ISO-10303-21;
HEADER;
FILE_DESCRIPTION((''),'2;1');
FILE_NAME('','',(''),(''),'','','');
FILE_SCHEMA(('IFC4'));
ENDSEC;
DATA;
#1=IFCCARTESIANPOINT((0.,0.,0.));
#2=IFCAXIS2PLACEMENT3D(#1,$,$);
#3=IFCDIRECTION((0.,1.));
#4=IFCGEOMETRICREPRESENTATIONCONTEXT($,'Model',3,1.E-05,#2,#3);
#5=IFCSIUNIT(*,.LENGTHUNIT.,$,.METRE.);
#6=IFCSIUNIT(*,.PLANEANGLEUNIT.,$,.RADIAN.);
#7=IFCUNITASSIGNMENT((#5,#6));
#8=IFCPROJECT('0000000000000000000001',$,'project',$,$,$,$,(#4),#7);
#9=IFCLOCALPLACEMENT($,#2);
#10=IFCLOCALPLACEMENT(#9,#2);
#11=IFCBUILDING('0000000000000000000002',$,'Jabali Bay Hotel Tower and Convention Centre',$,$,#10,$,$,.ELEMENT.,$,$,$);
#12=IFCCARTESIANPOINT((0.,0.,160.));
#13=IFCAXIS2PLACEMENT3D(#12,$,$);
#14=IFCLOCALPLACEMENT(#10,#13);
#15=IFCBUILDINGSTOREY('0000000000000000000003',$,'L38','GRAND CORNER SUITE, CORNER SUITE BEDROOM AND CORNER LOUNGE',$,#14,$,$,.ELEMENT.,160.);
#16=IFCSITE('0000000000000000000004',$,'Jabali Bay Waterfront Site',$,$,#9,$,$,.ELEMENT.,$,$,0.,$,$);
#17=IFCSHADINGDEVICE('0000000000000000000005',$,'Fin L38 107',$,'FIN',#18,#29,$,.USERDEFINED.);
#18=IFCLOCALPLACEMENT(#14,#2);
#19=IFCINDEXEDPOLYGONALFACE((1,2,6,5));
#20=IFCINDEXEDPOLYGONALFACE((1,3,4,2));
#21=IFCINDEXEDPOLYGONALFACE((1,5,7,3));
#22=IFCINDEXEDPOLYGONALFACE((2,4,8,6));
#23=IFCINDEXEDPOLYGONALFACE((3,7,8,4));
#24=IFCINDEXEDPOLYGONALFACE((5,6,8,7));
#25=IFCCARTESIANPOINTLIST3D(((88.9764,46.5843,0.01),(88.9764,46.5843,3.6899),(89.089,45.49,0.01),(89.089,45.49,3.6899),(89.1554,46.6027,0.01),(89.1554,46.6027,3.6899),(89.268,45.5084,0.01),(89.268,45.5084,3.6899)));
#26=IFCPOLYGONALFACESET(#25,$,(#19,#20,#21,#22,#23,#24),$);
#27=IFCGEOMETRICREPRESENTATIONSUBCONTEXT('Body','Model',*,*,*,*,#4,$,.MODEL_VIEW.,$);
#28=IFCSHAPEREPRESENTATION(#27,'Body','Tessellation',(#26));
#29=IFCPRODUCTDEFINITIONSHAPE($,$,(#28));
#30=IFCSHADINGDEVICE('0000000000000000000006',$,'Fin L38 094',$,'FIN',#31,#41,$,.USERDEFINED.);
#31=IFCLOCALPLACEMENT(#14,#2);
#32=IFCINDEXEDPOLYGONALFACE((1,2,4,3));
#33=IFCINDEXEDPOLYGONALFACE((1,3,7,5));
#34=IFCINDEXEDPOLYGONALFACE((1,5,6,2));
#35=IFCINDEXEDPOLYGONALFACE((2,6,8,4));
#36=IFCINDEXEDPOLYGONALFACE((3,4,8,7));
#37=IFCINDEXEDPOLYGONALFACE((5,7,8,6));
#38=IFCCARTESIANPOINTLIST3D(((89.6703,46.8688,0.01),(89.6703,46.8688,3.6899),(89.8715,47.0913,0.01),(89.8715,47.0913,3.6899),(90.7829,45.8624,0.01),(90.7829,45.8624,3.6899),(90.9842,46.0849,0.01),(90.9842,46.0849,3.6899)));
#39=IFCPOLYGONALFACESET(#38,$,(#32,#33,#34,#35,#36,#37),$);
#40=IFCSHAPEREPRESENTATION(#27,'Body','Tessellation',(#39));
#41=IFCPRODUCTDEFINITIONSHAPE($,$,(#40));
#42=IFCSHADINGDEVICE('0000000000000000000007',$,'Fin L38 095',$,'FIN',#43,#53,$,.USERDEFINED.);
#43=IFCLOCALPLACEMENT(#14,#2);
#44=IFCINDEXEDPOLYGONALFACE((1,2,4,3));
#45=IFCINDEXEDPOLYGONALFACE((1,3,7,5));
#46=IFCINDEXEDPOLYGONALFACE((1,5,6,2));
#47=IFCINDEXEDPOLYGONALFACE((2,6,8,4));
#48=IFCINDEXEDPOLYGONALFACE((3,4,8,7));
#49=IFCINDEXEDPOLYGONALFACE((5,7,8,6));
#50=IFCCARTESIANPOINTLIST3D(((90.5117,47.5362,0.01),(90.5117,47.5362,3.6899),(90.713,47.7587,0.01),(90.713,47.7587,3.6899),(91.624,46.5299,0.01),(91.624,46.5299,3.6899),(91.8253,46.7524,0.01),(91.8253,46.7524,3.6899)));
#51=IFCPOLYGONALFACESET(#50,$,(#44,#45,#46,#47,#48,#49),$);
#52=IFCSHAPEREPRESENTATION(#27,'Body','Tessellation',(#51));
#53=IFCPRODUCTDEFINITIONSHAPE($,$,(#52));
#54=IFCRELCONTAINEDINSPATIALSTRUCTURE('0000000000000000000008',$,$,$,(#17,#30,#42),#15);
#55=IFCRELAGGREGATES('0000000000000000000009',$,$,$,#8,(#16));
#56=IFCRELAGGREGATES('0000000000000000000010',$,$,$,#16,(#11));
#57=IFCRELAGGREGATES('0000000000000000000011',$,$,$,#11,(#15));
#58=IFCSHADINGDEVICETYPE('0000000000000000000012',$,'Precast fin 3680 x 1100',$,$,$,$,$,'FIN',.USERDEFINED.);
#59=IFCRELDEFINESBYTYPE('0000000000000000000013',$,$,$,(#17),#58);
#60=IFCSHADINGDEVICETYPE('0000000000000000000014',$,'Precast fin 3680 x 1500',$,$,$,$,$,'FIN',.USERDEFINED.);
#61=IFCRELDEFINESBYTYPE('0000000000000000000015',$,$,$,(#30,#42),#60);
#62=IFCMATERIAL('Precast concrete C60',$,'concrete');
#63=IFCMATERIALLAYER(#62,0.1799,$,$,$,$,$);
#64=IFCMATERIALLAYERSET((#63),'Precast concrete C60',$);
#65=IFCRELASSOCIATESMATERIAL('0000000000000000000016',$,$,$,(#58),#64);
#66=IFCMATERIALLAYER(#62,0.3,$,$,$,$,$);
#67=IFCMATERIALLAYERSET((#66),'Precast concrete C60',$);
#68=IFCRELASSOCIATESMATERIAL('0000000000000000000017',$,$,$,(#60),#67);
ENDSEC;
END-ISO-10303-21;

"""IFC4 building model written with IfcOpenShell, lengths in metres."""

from ifc_helpers import new_model, si_unit, direction, frame, frame_2d, origin, place, context, subcontext, project, spatial, rectangle, extrude, material, layer, layer_set, type_object, element, save


model = new_model("IFC4")

# Units and contexts
model_context = context("Model", 3, precision=1e-05, world=origin(), true_north=direction((0.0, 1.0)))
body_context = subcontext(model_context, "Body", "Model", "MODEL_VIEW")
ifc_project = project(units=[si_unit("LENGTHUNIT", "METRE"), si_unit("PLANEANGLEUNIT", "RADIAN")], contexts=[model_context])

# Site, building, storey
site_placement = place(None, origin())
site = spatial("IfcSite", under=ifc_project, at=site_placement, Name="Jabali Bay Waterfront Site", CompositionType="ELEMENT", RefElevation=0.0)
building_placement = place(site_placement, origin())
building = spatial("IfcBuilding", under=site, at=building_placement, Name="Jabali Bay Hotel Tower and Convention Centre", CompositionType="ELEMENT")
storey_placement = place(building_placement, frame((0.0, 0.0, 160.0)))
storey = spatial("IfcBuildingStorey", under=building, at=storey_placement, Name="L38", Description="GRAND CORNER SUITE, CORNER SUITE BEDROOM AND CORNER LOUNGE", CompositionType="ELEMENT", Elevation=160.0)

# Shading devices
ifc_material_1 = material(Name="Precast concrete C60", Category="concrete")
ifc_layer_1 = layer(ifc_material_1, 0.1799)
ifc_layer_set_1 = layer_set([ifc_layer_1], Name="Precast concrete C60")
shading_device_type_1 = type_object("IfcShadingDeviceType", Name="Precast fin 3680 x 1100", ElementType="FIN", PredefinedType="USERDEFINED", material=ifc_layer_set_1)
for number, where, z_axis, x_axis, name in (
    (1, (89.0659, 46.5935, 0.01), (0.0, 0.0, 1.0), (0.102316, -0.994752, 0.0), "Fin L38 107"),
):
    element("IfcShadingDevice", number, at=place(storey_placement, frame(where, z_axis=z_axis, x_axis=x_axis)), inside=storey, type_object=shading_device_type_1, Name=name, ObjectType="FIN", PredefinedType="USERDEFINED", context=body_context, shape_type="SweptSolid", body=[
        extrude(rectangle(XDim=1.1001, YDim=0.1799, at=frame_2d((0.55, 0.0))), origin(), (0.0, 0.0, 1.0), 3.6799),
    ])
ifc_layer_2 = layer(ifc_material_1, 0.3)
ifc_layer_set_2 = layer_set([ifc_layer_2], Name="Precast concrete C60")
shading_device_type_2 = type_object("IfcShadingDeviceType", Name="Precast fin 3680 x 1500", ElementType="FIN", PredefinedType="USERDEFINED", material=ifc_layer_set_2)
shading_device_1_placement = place(storey_placement, frame((89.771, 46.98, 0.01), z_axis=(0.0, 0.0, 1.0), x_axis=(0.741617, -0.670824, 0.0)))
element("IfcShadingDevice", 2, at=shading_device_1_placement, inside=storey, type_object=shading_device_type_2, Name="Fin L38 094", ObjectType="FIN", PredefinedType="USERDEFINED", context=body_context, shape_type="SweptSolid", body=[
    extrude(rectangle(XDim=1.5002, YDim=0.3, at=frame_2d((0.75, 0.0))), origin(), (0.0, 0.0, 1.0), 3.6799),
])
shading_device_2_placement = place(storey_placement, frame((90.6123, 47.6475, 0.01), z_axis=(0.0, 0.0, 1.0), x_axis=(0.741543, -0.670905, 0.0)))
element("IfcShadingDevice", 3, at=shading_device_2_placement, inside=storey, type_object=shading_device_type_2, Name="Fin L38 095", ObjectType="FIN", PredefinedType="USERDEFINED", context=body_context, shape_type="SweptSolid", body=[
    extrude(rectangle(XDim=1.5, YDim=0.3, at=frame_2d((0.75, 0.0))), origin(), (0.0, 0.0, 1.0), 3.6799),
])

save(model, "model.ifc")
